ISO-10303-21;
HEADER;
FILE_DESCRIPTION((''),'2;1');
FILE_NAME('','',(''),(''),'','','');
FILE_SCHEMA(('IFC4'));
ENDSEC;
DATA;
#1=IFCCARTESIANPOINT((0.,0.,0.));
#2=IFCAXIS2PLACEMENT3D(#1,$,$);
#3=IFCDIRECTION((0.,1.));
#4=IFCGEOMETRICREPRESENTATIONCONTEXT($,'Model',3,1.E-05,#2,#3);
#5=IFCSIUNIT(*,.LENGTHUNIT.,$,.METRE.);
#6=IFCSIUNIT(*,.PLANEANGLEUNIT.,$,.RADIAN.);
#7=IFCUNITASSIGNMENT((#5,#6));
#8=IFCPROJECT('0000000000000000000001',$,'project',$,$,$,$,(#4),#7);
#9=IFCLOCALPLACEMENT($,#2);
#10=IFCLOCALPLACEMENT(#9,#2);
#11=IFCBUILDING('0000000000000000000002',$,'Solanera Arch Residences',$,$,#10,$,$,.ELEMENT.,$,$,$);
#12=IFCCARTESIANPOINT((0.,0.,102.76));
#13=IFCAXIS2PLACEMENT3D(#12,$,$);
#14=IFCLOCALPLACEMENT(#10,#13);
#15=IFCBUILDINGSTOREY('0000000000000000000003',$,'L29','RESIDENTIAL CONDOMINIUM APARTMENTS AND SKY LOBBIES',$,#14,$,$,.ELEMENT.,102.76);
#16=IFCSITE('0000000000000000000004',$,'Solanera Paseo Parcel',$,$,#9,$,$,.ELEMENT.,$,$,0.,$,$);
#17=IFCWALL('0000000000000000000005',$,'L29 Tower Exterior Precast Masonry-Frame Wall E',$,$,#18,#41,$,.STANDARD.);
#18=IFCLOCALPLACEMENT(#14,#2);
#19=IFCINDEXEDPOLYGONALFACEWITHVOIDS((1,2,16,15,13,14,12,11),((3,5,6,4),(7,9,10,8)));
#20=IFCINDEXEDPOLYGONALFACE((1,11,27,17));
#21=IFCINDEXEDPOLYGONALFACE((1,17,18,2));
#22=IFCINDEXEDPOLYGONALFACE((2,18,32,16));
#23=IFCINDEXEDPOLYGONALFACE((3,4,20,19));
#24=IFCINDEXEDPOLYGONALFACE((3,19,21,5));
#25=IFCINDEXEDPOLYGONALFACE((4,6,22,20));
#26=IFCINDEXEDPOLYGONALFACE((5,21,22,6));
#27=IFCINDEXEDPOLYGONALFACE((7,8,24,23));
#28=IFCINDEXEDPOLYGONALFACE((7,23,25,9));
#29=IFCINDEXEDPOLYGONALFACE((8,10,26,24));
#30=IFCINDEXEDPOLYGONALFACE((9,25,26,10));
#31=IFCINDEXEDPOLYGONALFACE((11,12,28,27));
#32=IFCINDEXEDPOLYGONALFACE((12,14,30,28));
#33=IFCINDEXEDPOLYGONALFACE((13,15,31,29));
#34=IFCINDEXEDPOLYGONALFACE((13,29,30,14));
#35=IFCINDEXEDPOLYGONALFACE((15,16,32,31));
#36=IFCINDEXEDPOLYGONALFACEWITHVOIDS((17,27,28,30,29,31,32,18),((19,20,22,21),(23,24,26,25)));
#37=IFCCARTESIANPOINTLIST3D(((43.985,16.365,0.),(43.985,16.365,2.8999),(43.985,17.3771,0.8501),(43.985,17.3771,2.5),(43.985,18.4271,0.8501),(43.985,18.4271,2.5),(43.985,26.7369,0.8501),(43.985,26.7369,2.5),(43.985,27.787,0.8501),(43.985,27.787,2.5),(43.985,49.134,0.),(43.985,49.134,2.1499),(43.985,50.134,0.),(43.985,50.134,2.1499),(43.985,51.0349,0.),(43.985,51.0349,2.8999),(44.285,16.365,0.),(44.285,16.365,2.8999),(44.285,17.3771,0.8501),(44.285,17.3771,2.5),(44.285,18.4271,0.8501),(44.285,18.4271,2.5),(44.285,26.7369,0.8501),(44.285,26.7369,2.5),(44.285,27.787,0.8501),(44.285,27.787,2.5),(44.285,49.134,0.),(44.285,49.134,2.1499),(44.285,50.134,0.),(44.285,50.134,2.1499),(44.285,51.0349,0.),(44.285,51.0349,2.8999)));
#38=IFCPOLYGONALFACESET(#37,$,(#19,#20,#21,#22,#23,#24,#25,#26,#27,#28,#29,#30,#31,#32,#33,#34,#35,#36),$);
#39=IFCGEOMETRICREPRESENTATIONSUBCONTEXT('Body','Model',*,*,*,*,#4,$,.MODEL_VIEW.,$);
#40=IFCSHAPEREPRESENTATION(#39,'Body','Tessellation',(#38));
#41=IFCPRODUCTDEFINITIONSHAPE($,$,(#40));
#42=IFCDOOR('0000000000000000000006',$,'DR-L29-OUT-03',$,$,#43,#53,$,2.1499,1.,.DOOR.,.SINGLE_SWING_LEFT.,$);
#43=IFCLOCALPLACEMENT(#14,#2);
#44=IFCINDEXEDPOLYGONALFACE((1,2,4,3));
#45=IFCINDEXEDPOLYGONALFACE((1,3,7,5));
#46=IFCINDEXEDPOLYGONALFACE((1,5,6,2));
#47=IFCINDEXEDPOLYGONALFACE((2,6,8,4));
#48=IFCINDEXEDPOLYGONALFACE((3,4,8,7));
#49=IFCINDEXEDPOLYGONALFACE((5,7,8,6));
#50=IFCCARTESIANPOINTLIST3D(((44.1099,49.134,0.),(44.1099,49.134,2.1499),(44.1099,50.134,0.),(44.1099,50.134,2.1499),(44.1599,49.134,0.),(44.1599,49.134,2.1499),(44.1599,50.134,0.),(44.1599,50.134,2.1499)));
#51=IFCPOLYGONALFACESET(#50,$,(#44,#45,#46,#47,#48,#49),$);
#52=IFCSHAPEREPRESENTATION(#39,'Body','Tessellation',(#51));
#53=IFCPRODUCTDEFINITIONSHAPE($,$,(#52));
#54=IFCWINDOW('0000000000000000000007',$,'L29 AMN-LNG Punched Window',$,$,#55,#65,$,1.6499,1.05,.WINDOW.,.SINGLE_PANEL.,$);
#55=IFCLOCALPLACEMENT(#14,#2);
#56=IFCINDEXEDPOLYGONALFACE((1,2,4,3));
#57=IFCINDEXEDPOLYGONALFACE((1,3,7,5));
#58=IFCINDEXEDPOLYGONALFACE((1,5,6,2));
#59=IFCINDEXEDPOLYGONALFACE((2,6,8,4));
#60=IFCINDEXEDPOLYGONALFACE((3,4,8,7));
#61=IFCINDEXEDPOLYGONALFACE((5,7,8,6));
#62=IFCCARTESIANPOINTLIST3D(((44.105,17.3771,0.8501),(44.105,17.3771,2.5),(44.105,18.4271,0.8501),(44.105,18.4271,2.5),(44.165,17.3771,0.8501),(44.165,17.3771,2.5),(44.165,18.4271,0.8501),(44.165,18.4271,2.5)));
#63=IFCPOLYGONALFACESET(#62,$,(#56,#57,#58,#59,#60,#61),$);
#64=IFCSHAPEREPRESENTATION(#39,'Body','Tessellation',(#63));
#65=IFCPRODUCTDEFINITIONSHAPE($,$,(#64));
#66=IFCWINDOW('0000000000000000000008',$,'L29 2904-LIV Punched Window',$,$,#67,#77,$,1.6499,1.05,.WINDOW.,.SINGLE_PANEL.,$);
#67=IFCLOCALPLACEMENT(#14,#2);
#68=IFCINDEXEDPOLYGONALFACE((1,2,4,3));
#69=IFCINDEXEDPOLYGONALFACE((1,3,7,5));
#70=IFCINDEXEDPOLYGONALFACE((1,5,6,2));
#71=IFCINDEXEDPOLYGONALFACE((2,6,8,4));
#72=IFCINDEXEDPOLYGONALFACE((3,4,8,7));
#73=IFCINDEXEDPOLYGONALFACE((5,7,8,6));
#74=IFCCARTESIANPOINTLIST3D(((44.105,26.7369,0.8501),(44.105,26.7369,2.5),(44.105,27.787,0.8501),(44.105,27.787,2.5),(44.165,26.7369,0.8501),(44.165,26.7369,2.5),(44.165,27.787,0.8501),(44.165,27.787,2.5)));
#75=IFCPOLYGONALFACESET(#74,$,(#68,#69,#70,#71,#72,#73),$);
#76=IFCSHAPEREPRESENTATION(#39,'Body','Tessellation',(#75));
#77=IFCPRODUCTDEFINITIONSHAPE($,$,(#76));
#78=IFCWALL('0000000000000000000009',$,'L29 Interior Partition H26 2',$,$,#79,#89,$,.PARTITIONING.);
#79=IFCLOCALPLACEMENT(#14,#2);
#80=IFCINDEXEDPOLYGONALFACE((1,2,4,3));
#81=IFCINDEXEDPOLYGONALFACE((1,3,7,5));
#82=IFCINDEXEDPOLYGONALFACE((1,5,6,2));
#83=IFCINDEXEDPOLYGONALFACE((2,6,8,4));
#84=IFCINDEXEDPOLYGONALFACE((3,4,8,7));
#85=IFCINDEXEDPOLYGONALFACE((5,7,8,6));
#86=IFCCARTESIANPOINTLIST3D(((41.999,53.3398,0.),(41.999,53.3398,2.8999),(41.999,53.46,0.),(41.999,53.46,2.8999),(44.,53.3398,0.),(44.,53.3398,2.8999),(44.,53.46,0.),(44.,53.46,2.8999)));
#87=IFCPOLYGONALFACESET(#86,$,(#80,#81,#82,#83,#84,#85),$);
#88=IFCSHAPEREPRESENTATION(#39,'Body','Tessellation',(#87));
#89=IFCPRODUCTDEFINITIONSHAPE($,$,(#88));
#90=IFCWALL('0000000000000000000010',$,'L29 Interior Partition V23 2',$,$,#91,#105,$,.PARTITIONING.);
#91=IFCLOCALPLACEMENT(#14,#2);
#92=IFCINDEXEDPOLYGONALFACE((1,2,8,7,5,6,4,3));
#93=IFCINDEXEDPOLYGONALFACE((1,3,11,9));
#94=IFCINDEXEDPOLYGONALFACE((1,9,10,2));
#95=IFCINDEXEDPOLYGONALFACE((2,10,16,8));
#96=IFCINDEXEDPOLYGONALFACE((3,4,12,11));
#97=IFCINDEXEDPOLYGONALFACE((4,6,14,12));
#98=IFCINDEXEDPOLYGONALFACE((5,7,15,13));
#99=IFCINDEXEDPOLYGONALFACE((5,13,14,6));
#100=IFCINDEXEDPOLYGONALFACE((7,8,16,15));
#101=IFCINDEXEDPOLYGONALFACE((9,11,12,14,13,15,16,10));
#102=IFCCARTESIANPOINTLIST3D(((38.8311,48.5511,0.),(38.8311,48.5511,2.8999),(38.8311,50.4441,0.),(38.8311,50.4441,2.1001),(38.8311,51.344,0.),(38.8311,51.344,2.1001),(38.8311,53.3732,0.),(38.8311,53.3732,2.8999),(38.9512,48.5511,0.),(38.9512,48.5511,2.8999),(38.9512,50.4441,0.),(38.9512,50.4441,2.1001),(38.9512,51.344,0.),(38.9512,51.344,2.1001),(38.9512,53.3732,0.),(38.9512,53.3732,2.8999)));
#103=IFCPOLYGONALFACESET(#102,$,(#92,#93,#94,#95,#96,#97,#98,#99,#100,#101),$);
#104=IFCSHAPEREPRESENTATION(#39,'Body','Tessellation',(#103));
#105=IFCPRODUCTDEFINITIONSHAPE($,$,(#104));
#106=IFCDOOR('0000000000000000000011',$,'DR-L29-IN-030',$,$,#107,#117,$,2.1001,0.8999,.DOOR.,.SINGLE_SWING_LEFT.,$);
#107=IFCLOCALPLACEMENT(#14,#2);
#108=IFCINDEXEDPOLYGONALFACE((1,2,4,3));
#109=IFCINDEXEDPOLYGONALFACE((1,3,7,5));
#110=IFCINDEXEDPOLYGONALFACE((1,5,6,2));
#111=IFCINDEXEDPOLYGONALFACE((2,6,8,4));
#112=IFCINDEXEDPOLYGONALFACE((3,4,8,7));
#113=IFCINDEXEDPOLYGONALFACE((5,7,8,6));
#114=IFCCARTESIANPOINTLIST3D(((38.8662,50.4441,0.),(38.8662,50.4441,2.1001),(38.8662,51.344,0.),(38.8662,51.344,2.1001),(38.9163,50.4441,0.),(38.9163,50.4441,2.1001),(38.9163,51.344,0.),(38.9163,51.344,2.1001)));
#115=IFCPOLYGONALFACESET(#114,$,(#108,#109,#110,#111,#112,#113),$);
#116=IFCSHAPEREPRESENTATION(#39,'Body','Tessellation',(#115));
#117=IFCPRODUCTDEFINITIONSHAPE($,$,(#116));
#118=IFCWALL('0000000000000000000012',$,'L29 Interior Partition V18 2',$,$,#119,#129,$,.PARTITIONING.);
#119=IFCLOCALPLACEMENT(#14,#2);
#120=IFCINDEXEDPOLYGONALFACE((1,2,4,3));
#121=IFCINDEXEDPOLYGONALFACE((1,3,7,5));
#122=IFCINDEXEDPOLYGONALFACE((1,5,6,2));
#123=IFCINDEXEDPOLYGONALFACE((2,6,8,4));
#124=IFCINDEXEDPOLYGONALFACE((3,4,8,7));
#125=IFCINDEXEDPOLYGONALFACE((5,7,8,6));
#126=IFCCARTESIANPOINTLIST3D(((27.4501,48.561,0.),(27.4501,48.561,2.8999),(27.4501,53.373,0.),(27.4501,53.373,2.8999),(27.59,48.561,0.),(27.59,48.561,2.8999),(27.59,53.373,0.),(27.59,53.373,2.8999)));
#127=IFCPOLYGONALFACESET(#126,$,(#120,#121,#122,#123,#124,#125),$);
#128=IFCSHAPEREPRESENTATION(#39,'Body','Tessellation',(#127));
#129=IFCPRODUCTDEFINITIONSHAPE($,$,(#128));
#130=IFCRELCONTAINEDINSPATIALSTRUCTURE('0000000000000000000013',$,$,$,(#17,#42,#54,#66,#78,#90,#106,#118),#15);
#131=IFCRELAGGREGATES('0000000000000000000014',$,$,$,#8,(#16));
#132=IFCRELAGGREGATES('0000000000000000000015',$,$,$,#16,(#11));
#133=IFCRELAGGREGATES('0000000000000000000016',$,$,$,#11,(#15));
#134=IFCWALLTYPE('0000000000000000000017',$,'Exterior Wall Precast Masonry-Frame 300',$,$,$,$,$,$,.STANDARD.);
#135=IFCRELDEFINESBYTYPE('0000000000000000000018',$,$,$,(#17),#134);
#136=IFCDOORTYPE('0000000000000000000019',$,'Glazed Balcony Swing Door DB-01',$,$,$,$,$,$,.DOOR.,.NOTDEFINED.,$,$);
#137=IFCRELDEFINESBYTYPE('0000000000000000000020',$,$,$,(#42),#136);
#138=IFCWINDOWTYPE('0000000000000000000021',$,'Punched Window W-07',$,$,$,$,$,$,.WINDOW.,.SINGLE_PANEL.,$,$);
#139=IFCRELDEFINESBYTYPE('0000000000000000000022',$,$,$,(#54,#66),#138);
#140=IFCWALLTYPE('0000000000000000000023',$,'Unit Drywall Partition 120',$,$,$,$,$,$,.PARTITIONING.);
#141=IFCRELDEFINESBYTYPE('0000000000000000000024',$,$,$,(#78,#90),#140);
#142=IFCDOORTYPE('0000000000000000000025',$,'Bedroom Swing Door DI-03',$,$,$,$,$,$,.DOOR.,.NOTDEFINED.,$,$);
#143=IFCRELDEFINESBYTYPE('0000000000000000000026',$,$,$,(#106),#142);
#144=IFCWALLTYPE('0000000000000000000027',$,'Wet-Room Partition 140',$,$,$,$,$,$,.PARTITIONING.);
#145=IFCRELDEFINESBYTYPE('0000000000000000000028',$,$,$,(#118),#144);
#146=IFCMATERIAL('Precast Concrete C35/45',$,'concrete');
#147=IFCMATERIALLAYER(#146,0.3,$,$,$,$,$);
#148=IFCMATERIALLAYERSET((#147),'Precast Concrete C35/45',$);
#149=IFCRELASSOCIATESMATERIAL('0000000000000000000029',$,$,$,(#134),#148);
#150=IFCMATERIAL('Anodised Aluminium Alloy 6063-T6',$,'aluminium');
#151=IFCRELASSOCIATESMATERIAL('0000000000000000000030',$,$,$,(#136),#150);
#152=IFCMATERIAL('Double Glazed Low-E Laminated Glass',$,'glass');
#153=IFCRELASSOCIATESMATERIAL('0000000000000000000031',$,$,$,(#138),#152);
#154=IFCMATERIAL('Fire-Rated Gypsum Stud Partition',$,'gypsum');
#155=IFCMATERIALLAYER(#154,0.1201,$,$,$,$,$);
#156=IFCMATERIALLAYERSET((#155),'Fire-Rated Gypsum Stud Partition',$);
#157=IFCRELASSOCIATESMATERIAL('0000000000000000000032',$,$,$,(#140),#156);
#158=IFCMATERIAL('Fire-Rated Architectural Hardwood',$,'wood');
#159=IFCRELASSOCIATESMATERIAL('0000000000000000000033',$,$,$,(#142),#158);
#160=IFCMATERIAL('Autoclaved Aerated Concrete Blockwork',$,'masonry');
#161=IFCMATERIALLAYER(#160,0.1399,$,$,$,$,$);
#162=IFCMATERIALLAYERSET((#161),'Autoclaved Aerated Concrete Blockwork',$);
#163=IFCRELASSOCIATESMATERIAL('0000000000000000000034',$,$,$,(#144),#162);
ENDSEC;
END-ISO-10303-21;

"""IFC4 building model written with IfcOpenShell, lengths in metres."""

from ifc_helpers import new_model, si_unit, direction, frame, frame_2d, origin, place, context, subcontext, project, spatial, rectangle, extrude, material, layer, layer_set, type_object, element, fill, save


model = new_model("IFC4")

# Units and contexts
model_context = context("Model", 3, precision=1e-05, world=origin(), true_north=direction((0.0, 1.0)))
body_context = subcontext(model_context, "Body", "Model", "MODEL_VIEW")
ifc_project = project(units=[si_unit("LENGTHUNIT", "METRE"), si_unit("PLANEANGLEUNIT", "RADIAN")], contexts=[model_context])

# Site, building, storey
site_placement = place(None, origin())
site = spatial("IfcSite", under=ifc_project, at=site_placement, Name="Solanera Paseo Parcel", CompositionType="ELEMENT", RefElevation=0.0)
building_placement = place(site_placement, origin())
building = spatial("IfcBuilding", under=site, at=building_placement, Name="Solanera Arch Residences", CompositionType="ELEMENT")
storey_placement = place(building_placement, frame((0.0, 0.0, 102.76)))
storey = spatial("IfcBuildingStorey", under=building, at=storey_placement, Name="L29", Description="RESIDENTIAL CONDOMINIUM APARTMENTS AND SKY LOBBIES", CompositionType="ELEMENT", Elevation=102.76)

# Shared definitions
ifc_material_1 = material(Name="Precast Concrete C35/45", Category="concrete")
ifc_layer_1 = layer(ifc_material_1, 0.3)
ifc_layer_set_1 = layer_set([ifc_layer_1], Name="Precast Concrete C35/45")
wall_type_1 = type_object("IfcWallType", Name="Exterior Wall Precast Masonry-Frame 300", PredefinedType="STANDARD", material=ifc_layer_set_1)

# Wall, openings, door, windows
wall_1_placement = place(storey_placement, frame((44.135, 51.0349, 0.0), z_axis=(0.0, 0.0, 1.0), x_axis=(0.0, -1.0, 0.0)))
wall_1 = element("IfcWall", 1, at=wall_1_placement, inside=storey, type_object=wall_type_1, Name="L29 Tower Exterior Precast Masonry-Frame Wall E", PredefinedType="STANDARD", context=body_context, shape_type="SweptSolid", body=[
    extrude(rectangle(XDim=34.6699, YDim=0.3, at=frame_2d((17.335, 0.0))), origin(), (0.0, 0.0, 1.0), 2.8999),
])
opening_1_placement = place(wall_1_placement, frame((0.9009, 0.0, 0.0)))
opening_1 = element("IfcOpeningElement", 2, at=opening_1_placement, cuts=wall_1, PredefinedType="OPENING", context=body_context, shape_type="SweptSolid", body=[
    extrude(rectangle(XDim=1.0, YDim=2.1499, at=frame_2d((0.5, 1.075))), frame((0.0, 0.1599, 0.0), z_axis=(0.0, -1.0, 0.0), x_axis=(1.0, 0.0, 0.0)), (0.0, 0.0, 1.0), 0.32),
])
opening_2_placement = place(wall_1_placement, frame((32.6079, 0.0, 0.8501)))
opening_2 = element("IfcOpeningElement", 3, at=opening_2_placement, cuts=wall_1, PredefinedType="OPENING", context=body_context, shape_type="SweptSolid", body=[
    extrude(rectangle(XDim=1.05, YDim=1.6499, at=frame_2d((0.5249, 0.825))), frame((0.0, 0.1599, 0.0), z_axis=(0.0, -1.0, 0.0), x_axis=(1.0, 0.0, 0.0)), (0.0, 0.0, 1.0), 0.32),
])
opening_3_placement = place(wall_1_placement, frame((23.248, 0.0, 0.8501)))
opening_3 = element("IfcOpeningElement", 4, at=opening_3_placement, cuts=wall_1, PredefinedType="OPENING", context=body_context, shape_type="SweptSolid", body=[
    extrude(rectangle(XDim=1.05, YDim=1.6499, at=frame_2d((0.5249, 0.825))), frame((0.0, 0.1599, 0.0), z_axis=(0.0, -1.0, 0.0), x_axis=(1.0, 0.0, 0.0)), (0.0, 0.0, 1.0), 0.32),
])
ifc_material_2 = material(Name="Anodised Aluminium Alloy 6063-T6", Category="aluminium")
door_type_1 = type_object("IfcDoorType", Name="Glazed Balcony Swing Door DB-01", OperationType="NOTDEFINED", PredefinedType="DOOR", material=ifc_material_2)
door_1_placement = place(opening_1_placement, origin())
door_1 = element("IfcDoor", 5, at=door_1_placement, inside=storey, type_object=door_type_1, Name="DR-L29-OUT-03", OperationType="SINGLE_SWING_LEFT", OverallHeight=2.1499, OverallWidth=1.0, PredefinedType="DOOR", context=body_context, shape_type="SweptSolid", body=[
    extrude(rectangle(XDim=1.0, YDim=2.1499, at=frame_2d((0.5, 1.075))), frame((0.0, 0.0249, 0.0), z_axis=(0.0, -1.0, 0.0), x_axis=(1.0, 0.0, 0.0)), (0.0, 0.0, 1.0), 0.05),
])
fill(opening_1, door_1)
ifc_material_3 = material(Name="Double Glazed Low-E Laminated Glass", Category="glass")
window_type = type_object("IfcWindowType", Name="Punched Window W-07", PartitioningType="SINGLE_PANEL", PredefinedType="WINDOW", material=ifc_material_3)
window_1_placement = place(opening_2_placement, origin())
window_1 = element("IfcWindow", 6, at=window_1_placement, inside=storey, type_object=window_type, Name="L29 AMN-LNG Punched Window", OverallHeight=1.6499, OverallWidth=1.05, PartitioningType="SINGLE_PANEL", PredefinedType="WINDOW", context=body_context, shape_type="SweptSolid", body=[
    extrude(rectangle(XDim=1.05, YDim=1.6499, at=frame_2d((0.5249, 0.825))), frame((0.0, 0.03, 0.0), z_axis=(0.0, -1.0, 0.0), x_axis=(1.0, 0.0, 0.0)), (0.0, 0.0, 1.0), 0.0601),
])
fill(opening_2, window_1)
window_2_placement = place(opening_3_placement, origin())
window_2 = element("IfcWindow", 7, at=window_2_placement, inside=storey, type_object=window_type, Name="L29 2904-LIV Punched Window", OverallHeight=1.6499, OverallWidth=1.05, PartitioningType="SINGLE_PANEL", PredefinedType="WINDOW", context=body_context, shape_type="SweptSolid", body=[
    extrude(rectangle(XDim=1.05, YDim=1.6499, at=frame_2d((0.5249, 0.825))), frame((0.0, 0.03, 0.0), z_axis=(0.0, -1.0, 0.0), x_axis=(1.0, 0.0, 0.0)), (0.0, 0.0, 1.0), 0.0601),
])
fill(opening_3, window_2)

# Wall
ifc_material_4 = material(Name="Fire-Rated Gypsum Stud Partition", Category="gypsum")
ifc_layer_2 = layer(ifc_material_4, 0.1201)
ifc_layer_set_2 = layer_set([ifc_layer_2], Name="Fire-Rated Gypsum Stud Partition")
wall_type_2 = type_object("IfcWallType", Name="Unit Drywall Partition 120", PredefinedType="PARTITIONING", material=ifc_layer_set_2)
wall_2_placement = place(storey_placement, frame((41.999, 53.3999, 0.0), z_axis=(0.0, 0.0, 1.0), x_axis=(1.0, 0.0, 0.0)))
element("IfcWall", 8, at=wall_2_placement, inside=storey, type_object=wall_type_2, Name="L29 Interior Partition H26 2", PredefinedType="PARTITIONING", context=body_context, shape_type="SweptSolid", body=[
    extrude(rectangle(XDim=2.001, YDim=0.1201, at=frame_2d((1.0005, 0.0))), origin(), (0.0, 0.0, 1.0), 2.8999),
])

# Wall, opening, door
wall_3_placement = place(storey_placement, frame((38.8911, 48.551, 0.0), z_axis=(0.0, 0.0, 1.0), x_axis=(0.0, 1.0, 0.0)))
wall_3 = element("IfcWall", 9, at=wall_3_placement, inside=storey, type_object=wall_type_2, Name="L29 Interior Partition V23 2", PredefinedType="PARTITIONING", context=body_context, shape_type="SweptSolid", body=[
    extrude(rectangle(XDim=4.822, YDim=0.1201, at=frame_2d((2.4111, 0.0))), origin(), (0.0, 0.0, 1.0), 2.8999),
])
opening_4_placement = place(wall_3_placement, frame((1.8931, 0.0, 0.0)))
opening_4 = element("IfcOpeningElement", 10, at=opening_4_placement, cuts=wall_3, PredefinedType="OPENING", context=body_context, shape_type="SweptSolid", body=[
    extrude(rectangle(XDim=0.8999, YDim=2.1001, at=frame_2d((0.45, 1.05))), frame((0.0, 0.0701, 0.0), z_axis=(0.0, -1.0, 0.0), x_axis=(1.0, 0.0, 0.0)), (0.0, 0.0, 1.0), 0.1401),
])
ifc_material_5 = material(Name="Fire-Rated Architectural Hardwood", Category="wood")
door_type_2 = type_object("IfcDoorType", Name="Bedroom Swing Door DI-03", OperationType="NOTDEFINED", PredefinedType="DOOR", material=ifc_material_5)
door_2_placement = place(opening_4_placement, origin())
door_2 = element("IfcDoor", 11, at=door_2_placement, inside=storey, type_object=door_type_2, Name="DR-L29-IN-030", OperationType="SINGLE_SWING_LEFT", OverallHeight=2.1001, OverallWidth=0.8999, PredefinedType="DOOR", context=body_context, shape_type="SweptSolid", body=[
    extrude(rectangle(XDim=0.8999, YDim=2.1001, at=frame_2d((0.45, 1.05))), frame((0.0, 0.0249, 0.0), z_axis=(0.0, -1.0, 0.0), x_axis=(1.0, 0.0, 0.0)), (0.0, 0.0, 1.0), 0.05),
])
fill(opening_4, door_2)

# Wall
ifc_material_6 = material(Name="Autoclaved Aerated Concrete Blockwork", Category="masonry")
ifc_layer_3 = layer(ifc_material_6, 0.1399)
ifc_layer_set_3 = layer_set([ifc_layer_3], Name="Autoclaved Aerated Concrete Blockwork")
wall_type_3 = type_object("IfcWallType", Name="Wet-Room Partition 140", PredefinedType="PARTITIONING", material=ifc_layer_set_3)
wall_4_placement = place(storey_placement, frame((27.52, 48.561, 0.0), z_axis=(0.0, 0.0, 1.0), x_axis=(0.0, 1.0, 0.0)))
element("IfcWall", 12, at=wall_4_placement, inside=storey, type_object=wall_type_3, Name="L29 Interior Partition V18 2", PredefinedType="PARTITIONING", context=body_context, shape_type="SweptSolid", body=[
    extrude(rectangle(XDim=4.812, YDim=0.1399, at=frame_2d((2.406, 0.0))), origin(), (0.0, 0.0, 1.0), 2.8999),
])

save(model, "model.ifc")
